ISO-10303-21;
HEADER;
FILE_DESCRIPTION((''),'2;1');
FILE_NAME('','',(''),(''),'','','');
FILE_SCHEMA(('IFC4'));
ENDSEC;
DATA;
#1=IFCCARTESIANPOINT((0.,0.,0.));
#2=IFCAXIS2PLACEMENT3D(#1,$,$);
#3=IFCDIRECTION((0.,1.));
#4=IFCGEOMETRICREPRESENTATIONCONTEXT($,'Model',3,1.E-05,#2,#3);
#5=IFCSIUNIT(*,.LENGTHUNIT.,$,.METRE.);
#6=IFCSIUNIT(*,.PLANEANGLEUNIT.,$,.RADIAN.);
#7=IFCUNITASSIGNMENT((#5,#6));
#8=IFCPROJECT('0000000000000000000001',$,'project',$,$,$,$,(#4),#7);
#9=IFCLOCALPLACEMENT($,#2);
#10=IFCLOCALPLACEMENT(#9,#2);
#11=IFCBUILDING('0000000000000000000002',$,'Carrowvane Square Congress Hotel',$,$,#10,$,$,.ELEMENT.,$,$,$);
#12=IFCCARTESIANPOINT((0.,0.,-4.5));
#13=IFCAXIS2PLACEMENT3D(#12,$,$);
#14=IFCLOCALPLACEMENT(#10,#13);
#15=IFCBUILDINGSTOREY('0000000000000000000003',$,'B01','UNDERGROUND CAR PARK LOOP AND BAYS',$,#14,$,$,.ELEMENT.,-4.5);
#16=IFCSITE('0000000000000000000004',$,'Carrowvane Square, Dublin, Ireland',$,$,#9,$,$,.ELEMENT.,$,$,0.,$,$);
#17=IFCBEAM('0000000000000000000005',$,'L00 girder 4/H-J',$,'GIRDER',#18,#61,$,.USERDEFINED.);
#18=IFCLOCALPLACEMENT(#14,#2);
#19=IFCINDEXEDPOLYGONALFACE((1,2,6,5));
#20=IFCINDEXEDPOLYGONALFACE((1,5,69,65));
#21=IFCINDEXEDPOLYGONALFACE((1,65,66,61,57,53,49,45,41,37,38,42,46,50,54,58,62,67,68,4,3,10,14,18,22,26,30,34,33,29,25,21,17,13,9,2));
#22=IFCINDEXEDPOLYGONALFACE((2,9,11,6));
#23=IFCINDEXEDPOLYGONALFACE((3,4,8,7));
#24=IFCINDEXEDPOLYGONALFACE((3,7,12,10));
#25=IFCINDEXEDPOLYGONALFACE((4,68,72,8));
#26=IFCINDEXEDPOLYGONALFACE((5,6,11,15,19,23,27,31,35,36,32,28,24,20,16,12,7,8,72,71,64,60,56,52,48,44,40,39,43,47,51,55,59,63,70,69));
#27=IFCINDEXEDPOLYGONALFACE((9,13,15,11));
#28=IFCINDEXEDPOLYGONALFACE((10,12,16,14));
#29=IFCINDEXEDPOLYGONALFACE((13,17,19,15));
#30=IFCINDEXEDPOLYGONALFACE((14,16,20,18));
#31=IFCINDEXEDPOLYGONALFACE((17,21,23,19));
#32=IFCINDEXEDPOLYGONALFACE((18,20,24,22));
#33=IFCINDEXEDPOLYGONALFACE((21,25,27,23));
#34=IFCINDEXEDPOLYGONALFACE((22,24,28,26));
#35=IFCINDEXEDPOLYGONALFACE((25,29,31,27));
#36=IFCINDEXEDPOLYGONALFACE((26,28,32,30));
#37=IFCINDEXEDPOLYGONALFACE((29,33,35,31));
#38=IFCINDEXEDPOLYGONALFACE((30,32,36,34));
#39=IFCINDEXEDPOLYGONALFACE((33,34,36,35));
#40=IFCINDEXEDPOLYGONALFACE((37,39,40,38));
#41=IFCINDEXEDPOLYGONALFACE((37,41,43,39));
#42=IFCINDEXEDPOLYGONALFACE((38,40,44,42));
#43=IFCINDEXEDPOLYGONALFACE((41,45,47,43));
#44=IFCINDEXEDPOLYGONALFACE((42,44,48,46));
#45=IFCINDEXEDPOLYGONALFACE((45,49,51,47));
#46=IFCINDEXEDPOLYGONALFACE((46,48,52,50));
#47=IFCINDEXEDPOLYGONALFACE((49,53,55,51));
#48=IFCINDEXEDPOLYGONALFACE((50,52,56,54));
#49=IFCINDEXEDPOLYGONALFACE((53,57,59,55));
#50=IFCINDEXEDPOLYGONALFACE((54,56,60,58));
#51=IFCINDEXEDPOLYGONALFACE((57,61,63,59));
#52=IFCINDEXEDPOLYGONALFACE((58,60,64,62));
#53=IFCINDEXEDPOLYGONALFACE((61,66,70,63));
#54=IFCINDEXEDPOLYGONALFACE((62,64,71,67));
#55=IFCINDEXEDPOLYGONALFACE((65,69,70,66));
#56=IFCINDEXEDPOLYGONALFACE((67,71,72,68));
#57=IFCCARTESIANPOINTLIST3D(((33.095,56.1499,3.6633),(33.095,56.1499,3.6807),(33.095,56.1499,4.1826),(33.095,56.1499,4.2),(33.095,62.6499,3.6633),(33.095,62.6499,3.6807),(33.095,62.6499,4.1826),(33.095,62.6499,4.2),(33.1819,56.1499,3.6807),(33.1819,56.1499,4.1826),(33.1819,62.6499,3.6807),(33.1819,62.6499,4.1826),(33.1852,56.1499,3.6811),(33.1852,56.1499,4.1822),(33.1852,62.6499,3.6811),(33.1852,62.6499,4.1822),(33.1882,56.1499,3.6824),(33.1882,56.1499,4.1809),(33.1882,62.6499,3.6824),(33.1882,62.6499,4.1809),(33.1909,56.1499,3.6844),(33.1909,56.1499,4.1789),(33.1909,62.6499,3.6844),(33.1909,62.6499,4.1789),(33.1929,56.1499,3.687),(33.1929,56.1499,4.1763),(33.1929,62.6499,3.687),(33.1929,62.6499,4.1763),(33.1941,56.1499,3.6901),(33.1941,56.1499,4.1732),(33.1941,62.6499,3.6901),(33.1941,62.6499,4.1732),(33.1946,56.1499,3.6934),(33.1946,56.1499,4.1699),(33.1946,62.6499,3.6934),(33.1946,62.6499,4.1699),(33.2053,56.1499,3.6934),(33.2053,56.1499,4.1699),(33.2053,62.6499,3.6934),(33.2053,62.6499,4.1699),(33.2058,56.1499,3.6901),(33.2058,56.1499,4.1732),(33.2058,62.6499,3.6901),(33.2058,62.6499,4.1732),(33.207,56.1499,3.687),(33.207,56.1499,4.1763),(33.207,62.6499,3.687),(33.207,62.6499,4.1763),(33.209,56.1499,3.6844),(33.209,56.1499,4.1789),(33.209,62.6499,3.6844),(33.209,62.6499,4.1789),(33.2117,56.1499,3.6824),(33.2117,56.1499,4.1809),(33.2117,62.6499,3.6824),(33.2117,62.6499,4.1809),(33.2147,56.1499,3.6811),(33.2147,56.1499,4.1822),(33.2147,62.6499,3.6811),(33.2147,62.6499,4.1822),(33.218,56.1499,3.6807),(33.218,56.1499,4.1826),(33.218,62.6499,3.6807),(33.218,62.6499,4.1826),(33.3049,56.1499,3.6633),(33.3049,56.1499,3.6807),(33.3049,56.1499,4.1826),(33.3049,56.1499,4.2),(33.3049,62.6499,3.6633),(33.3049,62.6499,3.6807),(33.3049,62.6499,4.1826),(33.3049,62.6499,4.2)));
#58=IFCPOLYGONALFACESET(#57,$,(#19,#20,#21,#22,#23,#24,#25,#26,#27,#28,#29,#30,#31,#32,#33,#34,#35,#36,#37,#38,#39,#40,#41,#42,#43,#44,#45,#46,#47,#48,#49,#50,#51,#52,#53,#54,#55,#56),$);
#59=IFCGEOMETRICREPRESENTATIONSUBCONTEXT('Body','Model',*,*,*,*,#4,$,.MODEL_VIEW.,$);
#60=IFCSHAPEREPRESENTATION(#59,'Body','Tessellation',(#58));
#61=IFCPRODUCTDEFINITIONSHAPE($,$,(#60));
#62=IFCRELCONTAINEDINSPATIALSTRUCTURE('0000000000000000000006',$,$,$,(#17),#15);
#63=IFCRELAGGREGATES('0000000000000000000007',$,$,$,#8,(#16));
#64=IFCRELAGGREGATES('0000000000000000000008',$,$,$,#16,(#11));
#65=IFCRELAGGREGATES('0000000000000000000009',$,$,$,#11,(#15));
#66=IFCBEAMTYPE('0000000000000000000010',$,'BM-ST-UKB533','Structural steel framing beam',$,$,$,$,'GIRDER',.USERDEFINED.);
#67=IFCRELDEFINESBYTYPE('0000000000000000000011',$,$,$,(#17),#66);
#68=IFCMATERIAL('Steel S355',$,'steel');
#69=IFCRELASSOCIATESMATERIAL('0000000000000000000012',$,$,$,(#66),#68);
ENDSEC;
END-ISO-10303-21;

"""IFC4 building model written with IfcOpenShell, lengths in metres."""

from ifc_helpers import new_model, si_unit, direction, frame, origin, origin_2d, place, context, subcontext, project, spatial, i_section, extrude, material, material_profile, profile_set, type_object, element, save


model = new_model("IFC4")

# Units and contexts
model_context = context("Model", 3, precision=1e-05, world=origin(), true_north=direction((0.0, 1.0)))
body_context = subcontext(model_context, "Body", "Model", "MODEL_VIEW")
ifc_project = project(units=[si_unit("LENGTHUNIT", "METRE"), si_unit("PLANEANGLEUNIT", "RADIAN")], contexts=[model_context])

# Site, building, storey
site_placement = place(None, origin())
site = spatial("IfcSite", under=ifc_project, at=site_placement, Name="Carrowvane Square, Dublin, Ireland", CompositionType="ELEMENT", RefElevation=0.0)
building_placement = place(site_placement, origin())
building = spatial("IfcBuilding", under=site, at=building_placement, Name="Carrowvane Square Congress Hotel", CompositionType="ELEMENT")
storey_placement = place(building_placement, frame((0.0, 0.0, -4.5)))
storey = spatial("IfcBuildingStorey", under=building, at=storey_placement, Name="B01", Description="UNDERGROUND CAR PARK LOOP AND BAYS", CompositionType="ELEMENT", Elevation=-4.5)

# Beam
ifc_material_1 = material(Name="Steel S355", Category="steel")
ifc_material_profile_1 = material_profile(ifc_material_1, i_section(OverallWidth=0.21, OverallDepth=0.5366, WebThickness=0.0107, FlangeThickness=0.0173, FilletRadius=0.0127, at=origin_2d()), Name="UKB 533x210x101")
ifc_profile_set_1 = profile_set([ifc_material_profile_1], Name="Steel S355")
beam_type_1 = type_object("IfcBeamType", Name="BM-ST-UKB533", Description="Structural steel framing beam", ElementType="GIRDER", PredefinedType="USERDEFINED", material=ifc_profile_set_1)
for number, where, z_axis, x_axis, name in (
    (1, (33.2, 56.1499, 3.9316), (0.0, 1.0, 0.0), (-1.0, 0.0, 0.0), "L00 girder 4/H-J"),
):
    element("IfcBeam", number, at=place(storey_placement, frame(where, z_axis=z_axis, x_axis=x_axis)), inside=storey, type_object=beam_type_1, Name=name, ObjectType="GIRDER", PredefinedType="USERDEFINED", context=body_context, shape_type="SweptSolid", body=[
        extrude(i_section(OverallWidth=0.21, OverallDepth=0.5366, WebThickness=0.0107, FlangeThickness=0.0173, FilletRadius=0.0127, at=origin_2d()), origin(), (0.0, 0.0, 1.0), 6.5),
    ])

save(model, "model.ifc")
